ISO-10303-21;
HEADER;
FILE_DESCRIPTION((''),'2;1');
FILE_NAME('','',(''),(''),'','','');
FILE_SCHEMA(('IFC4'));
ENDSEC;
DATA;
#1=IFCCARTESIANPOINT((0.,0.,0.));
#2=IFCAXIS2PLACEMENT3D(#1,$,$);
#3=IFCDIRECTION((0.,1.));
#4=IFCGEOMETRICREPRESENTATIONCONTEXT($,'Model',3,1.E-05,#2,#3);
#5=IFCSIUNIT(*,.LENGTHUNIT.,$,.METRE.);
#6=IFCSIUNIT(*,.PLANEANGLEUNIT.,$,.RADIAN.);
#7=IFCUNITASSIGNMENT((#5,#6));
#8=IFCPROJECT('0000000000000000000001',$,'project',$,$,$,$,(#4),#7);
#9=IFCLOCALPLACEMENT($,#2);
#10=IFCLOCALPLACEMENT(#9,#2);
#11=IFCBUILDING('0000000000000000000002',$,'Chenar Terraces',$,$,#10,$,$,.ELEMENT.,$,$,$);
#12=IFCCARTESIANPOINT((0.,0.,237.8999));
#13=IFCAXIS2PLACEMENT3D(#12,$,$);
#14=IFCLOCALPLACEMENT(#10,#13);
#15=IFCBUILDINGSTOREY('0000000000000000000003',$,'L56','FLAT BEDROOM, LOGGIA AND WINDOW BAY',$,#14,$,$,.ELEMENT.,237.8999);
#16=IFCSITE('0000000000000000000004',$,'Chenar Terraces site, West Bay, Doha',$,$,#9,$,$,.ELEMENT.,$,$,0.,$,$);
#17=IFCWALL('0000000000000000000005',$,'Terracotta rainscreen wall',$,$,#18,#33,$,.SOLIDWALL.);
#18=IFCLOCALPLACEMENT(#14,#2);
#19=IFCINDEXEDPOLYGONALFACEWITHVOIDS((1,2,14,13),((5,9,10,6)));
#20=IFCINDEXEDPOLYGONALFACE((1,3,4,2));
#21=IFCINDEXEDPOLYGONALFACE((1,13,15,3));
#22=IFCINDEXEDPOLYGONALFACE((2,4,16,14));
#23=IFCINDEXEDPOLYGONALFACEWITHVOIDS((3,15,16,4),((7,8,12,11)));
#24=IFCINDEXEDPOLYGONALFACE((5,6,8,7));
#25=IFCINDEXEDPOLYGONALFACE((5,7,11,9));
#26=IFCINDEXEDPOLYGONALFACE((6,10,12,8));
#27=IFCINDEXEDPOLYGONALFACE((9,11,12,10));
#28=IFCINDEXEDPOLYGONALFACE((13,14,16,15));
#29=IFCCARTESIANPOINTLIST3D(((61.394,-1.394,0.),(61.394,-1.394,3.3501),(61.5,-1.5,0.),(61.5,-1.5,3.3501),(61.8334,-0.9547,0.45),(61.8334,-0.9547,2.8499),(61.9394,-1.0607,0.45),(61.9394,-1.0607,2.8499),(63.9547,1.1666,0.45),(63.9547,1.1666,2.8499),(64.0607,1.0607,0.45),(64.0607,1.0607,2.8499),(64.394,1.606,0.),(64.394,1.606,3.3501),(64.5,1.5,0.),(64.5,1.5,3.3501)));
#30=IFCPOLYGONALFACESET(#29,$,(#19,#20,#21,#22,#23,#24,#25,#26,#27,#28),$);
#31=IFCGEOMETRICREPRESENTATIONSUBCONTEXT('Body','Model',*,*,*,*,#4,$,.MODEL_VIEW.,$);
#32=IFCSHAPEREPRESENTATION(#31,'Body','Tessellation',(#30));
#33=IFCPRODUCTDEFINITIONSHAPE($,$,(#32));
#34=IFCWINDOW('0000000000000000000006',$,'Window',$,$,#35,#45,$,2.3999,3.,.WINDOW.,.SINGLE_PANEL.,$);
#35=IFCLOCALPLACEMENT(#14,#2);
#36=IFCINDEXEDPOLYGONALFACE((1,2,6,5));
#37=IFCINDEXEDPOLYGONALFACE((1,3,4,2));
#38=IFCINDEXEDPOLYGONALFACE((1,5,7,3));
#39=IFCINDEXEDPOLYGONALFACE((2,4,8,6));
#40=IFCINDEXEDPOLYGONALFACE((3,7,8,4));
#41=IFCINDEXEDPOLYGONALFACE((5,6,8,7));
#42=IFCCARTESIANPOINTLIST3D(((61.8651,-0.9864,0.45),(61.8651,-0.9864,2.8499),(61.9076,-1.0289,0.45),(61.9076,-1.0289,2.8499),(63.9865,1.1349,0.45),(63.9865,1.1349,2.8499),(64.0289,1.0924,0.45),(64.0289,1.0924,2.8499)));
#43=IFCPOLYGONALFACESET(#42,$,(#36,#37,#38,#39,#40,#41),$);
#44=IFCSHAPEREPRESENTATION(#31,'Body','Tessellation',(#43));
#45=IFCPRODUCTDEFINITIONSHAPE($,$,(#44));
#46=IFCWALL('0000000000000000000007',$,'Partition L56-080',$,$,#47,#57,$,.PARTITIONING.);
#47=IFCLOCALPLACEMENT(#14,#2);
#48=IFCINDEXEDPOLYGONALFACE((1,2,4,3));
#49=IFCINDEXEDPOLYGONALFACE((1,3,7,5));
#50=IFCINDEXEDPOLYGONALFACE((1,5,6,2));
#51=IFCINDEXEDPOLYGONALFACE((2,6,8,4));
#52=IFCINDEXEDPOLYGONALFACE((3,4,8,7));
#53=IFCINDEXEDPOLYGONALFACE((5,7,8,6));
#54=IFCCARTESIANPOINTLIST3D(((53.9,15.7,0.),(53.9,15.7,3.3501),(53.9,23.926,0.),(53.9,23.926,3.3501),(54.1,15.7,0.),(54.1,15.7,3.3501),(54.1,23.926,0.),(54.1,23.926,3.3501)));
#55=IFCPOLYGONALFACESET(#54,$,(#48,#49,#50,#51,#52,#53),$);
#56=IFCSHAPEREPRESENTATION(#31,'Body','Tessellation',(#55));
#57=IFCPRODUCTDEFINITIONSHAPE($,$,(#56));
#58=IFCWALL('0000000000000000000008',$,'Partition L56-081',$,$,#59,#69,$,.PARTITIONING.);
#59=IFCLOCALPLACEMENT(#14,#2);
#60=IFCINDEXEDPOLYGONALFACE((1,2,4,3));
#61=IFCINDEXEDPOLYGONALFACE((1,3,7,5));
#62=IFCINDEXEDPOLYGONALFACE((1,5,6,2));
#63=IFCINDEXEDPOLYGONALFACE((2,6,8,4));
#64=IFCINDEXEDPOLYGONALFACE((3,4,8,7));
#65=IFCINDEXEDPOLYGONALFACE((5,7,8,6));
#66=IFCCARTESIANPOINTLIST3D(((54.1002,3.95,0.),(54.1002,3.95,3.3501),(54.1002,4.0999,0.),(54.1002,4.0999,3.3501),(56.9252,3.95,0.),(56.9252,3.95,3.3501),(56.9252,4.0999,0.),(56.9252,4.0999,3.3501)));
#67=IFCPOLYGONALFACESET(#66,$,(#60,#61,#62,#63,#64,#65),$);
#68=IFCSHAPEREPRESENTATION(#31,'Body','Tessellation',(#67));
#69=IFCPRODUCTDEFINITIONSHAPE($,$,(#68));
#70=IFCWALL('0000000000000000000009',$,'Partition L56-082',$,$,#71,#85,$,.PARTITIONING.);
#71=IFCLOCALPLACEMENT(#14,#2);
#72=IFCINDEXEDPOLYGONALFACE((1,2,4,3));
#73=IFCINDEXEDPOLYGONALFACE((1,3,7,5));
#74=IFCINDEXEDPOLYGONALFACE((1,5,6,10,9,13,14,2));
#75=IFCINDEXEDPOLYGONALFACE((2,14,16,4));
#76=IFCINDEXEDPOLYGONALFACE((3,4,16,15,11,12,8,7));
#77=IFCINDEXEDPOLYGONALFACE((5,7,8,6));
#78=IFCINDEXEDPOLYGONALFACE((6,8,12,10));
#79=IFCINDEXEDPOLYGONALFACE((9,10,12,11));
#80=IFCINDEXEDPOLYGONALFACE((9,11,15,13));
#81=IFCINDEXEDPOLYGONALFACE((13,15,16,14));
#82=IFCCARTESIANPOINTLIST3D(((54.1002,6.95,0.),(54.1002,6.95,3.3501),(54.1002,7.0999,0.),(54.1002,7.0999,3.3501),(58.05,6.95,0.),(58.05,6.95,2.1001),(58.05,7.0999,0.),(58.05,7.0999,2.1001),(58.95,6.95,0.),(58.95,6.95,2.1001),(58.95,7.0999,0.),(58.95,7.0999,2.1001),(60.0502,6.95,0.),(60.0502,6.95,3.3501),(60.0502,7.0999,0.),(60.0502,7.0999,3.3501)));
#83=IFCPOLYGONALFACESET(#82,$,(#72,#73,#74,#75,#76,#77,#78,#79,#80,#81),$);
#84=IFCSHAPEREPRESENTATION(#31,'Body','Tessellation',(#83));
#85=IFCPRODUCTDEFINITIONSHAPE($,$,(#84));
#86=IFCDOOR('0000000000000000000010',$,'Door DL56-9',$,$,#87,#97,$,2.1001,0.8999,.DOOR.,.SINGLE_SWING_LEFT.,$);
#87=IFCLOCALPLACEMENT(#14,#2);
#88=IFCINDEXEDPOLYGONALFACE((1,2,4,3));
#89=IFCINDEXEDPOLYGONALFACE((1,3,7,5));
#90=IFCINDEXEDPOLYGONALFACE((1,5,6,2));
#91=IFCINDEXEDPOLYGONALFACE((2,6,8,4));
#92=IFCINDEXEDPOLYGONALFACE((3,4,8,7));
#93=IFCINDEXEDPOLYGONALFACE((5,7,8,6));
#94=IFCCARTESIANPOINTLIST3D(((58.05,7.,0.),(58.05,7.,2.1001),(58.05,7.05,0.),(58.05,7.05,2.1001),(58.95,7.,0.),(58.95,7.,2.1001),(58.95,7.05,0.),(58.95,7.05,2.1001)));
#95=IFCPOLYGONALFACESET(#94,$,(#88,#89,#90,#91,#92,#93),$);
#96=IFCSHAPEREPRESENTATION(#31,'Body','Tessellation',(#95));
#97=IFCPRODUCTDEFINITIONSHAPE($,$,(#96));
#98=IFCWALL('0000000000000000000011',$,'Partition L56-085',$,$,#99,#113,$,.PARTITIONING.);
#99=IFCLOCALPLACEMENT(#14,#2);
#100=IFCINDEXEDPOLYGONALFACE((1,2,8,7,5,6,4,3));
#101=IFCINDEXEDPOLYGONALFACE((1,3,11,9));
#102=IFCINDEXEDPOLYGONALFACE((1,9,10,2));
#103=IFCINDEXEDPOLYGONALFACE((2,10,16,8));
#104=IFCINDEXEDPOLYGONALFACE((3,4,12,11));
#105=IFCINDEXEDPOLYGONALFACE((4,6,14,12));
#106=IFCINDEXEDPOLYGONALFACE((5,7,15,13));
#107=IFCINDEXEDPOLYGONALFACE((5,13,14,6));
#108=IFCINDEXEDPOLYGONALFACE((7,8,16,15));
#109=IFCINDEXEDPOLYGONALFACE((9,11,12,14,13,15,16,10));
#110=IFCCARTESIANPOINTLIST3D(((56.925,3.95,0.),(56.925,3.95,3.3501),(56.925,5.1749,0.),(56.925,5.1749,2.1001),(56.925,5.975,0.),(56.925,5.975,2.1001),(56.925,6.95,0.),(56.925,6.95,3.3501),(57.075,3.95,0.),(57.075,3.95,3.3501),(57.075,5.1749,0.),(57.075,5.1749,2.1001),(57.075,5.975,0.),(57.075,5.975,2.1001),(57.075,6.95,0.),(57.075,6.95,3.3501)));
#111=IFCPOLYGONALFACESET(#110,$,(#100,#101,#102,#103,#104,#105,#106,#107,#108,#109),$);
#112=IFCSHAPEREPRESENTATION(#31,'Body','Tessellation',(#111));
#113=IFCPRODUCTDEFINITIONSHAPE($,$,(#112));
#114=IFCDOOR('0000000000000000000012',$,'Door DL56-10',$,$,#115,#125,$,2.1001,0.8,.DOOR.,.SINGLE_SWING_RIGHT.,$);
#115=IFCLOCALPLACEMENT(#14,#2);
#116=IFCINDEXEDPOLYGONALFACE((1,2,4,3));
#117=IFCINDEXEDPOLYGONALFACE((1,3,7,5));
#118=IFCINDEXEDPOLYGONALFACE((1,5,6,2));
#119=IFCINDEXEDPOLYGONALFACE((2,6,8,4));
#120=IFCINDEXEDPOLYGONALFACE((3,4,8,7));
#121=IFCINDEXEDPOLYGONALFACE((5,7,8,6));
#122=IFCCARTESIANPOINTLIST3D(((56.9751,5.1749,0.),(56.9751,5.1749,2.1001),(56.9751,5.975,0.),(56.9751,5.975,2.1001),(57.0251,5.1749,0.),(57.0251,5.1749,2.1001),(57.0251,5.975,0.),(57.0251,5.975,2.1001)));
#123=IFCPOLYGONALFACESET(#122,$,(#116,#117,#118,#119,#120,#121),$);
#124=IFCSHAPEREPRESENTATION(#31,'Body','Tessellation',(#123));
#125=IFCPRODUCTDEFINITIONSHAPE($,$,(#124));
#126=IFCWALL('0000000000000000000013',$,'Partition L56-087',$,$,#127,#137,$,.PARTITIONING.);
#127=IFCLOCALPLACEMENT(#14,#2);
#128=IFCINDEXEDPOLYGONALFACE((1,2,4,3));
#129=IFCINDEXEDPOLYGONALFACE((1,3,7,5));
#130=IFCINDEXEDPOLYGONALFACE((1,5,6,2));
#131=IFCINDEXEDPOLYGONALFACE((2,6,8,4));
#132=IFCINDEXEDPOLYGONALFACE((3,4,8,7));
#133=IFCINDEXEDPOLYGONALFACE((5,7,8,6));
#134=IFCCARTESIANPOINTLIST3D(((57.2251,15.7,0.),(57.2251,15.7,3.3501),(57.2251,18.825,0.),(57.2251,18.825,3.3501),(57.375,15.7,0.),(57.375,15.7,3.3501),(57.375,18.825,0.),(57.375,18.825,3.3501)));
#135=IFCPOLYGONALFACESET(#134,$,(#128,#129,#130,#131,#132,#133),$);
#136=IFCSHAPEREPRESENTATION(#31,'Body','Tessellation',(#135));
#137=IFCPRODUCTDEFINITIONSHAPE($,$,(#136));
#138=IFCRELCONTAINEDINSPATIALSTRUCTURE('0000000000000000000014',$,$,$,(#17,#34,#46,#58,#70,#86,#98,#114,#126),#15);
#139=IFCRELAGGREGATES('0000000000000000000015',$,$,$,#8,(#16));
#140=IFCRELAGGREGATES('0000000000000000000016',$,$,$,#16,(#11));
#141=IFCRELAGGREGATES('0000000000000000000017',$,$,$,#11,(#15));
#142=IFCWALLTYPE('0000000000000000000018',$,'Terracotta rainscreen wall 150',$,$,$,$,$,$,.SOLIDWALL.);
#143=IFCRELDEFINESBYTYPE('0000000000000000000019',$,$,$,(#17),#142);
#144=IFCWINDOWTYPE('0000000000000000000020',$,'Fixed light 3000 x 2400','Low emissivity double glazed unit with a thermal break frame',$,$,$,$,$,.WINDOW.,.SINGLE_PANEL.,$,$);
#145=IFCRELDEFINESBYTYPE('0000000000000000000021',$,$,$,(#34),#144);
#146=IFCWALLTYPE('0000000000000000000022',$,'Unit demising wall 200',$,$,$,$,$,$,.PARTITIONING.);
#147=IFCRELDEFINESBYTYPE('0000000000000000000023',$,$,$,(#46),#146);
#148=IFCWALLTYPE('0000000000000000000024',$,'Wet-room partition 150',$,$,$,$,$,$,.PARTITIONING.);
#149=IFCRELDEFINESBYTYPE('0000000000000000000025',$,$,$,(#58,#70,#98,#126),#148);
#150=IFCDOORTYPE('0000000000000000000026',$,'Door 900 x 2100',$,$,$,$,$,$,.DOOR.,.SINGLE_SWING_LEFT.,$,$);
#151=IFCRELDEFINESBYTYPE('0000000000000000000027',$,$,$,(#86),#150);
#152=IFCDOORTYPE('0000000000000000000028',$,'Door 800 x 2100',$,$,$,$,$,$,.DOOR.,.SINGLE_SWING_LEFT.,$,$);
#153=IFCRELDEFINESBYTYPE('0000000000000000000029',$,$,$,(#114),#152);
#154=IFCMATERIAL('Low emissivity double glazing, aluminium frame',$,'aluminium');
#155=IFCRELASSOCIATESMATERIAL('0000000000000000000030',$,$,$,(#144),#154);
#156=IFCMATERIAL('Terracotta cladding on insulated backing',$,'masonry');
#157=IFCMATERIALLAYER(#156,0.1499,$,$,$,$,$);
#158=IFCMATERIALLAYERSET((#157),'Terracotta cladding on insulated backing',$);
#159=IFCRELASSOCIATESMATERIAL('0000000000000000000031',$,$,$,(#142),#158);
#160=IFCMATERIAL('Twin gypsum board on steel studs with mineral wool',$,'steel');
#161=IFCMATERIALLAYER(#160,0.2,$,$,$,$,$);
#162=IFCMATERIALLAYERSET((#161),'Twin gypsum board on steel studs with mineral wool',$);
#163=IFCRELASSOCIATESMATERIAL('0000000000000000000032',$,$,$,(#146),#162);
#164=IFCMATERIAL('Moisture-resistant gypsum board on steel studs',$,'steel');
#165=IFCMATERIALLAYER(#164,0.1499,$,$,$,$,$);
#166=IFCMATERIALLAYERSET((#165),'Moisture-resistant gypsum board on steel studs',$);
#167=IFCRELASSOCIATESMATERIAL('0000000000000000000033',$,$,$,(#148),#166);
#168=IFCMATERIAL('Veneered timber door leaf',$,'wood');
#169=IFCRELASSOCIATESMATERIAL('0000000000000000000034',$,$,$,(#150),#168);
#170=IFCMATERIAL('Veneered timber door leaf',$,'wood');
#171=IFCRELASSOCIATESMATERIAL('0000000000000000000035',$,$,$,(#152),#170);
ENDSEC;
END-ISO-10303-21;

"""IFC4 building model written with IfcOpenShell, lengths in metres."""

from ifc_helpers import new_model, si_unit, direction, frame, frame_2d, origin, place, context, subcontext, project, spatial, rectangle, extrude, material, layer, layer_set, type_object, element, fill, save


model = new_model("IFC4")

# Units and contexts
model_context = context("Model", 3, precision=1e-05, world=origin(), true_north=direction((0.0, 1.0)))
body_context = subcontext(model_context, "Body", "Model", "MODEL_VIEW")
ifc_project = project(units=[si_unit("LENGTHUNIT", "METRE"), si_unit("PLANEANGLEUNIT", "RADIAN")], contexts=[model_context])

# Site, building, storey
site_placement = place(None, origin())
site = spatial("IfcSite", under=ifc_project, at=site_placement, Name="Chenar Terraces site, West Bay, Doha", CompositionType="ELEMENT", RefElevation=0.0)
building_placement = place(site_placement, origin())
building = spatial("IfcBuilding", under=site, at=building_placement, Name="Chenar Terraces", CompositionType="ELEMENT")
storey_placement = place(building_placement, frame((0.0, 0.0, 237.8999)))
storey = spatial("IfcBuildingStorey", under=building, at=storey_placement, Name="L56", Description="FLAT BEDROOM, LOGGIA AND WINDOW BAY", CompositionType="ELEMENT", Elevation=237.8999)

# Shared definitions
ifc_material_1 = material(Name="Low emissivity double glazing, aluminium frame", Category="aluminium")
window_type_1 = type_object("IfcWindowType", Name="Fixed light 3000 x 2400", Description="Low emissivity double glazed unit with a thermal break frame", PartitioningType="SINGLE_PANEL", PredefinedType="WINDOW", material=ifc_material_1)

# Wall, opening, window
ifc_material_2 = material(Name="Terracotta cladding on insulated backing", Category="masonry")
ifc_layer_1 = layer(ifc_material_2, 0.1499)
ifc_layer_set_1 = layer_set([ifc_layer_1], Name="Terracotta cladding on insulated backing")
wall_type_1 = type_object("IfcWallType", Name="Terracotta rainscreen wall 150", PredefinedType="SOLIDWALL", material=ifc_layer_set_1)
wall_1_placement = place(storey_placement, frame((61.447, -1.447, 0.0), z_axis=(0.0, 0.0, 1.0), x_axis=(0.707107, 0.707107, 0.0)))
wall_1 = element("IfcWall", 1, at=wall_1_placement, inside=storey, type_object=wall_type_1, Name="Terracotta rainscreen wall", PredefinedType="SOLIDWALL", context=body_context, shape_type="SweptSolid", body=[
    extrude(rectangle(XDim=4.2427, YDim=0.1499, at=frame_2d((2.1213, 0.0))), origin(), (0.0, 0.0, 1.0), 3.3501),
])
opening_1_placement = place(wall_1_placement, frame((0.6213, 0.0, 0.45)))
opening_1 = element("IfcOpeningElement", 2, at=opening_1_placement, cuts=wall_1, PredefinedType="OPENING", context=body_context, shape_type="SweptSolid", body=[
    extrude(rectangle(XDim=3.0, YDim=2.3999, at=frame_2d((1.5, 1.2))), frame((0.0, 0.085, 0.0), z_axis=(0.0, -1.0, 0.0), x_axis=(1.0, 0.0, 0.0)), (0.0, 0.0, 1.0), 0.1699),
])
window_1_placement = place(opening_1_placement, origin())
window_1 = element("IfcWindow", 3, at=window_1_placement, inside=storey, type_object=window_type_1, Name="Window", OverallHeight=2.3999, OverallWidth=3.0, PartitioningType="SINGLE_PANEL", PredefinedType="WINDOW", context=body_context, shape_type="SweptSolid", body=[
    extrude(rectangle(XDim=3.0, YDim=2.3999, at=frame_2d((1.5, 1.2))), frame((0.0, 0.03, 0.0), z_axis=(0.0, -1.0, 0.0), x_axis=(1.0, 0.0, 0.0)), (0.0, 0.0, 1.0), 0.0601),
])
fill(opening_1, window_1)

# Walls
ifc_material_3 = material(Name="Twin gypsum board on steel studs with mineral wool", Category="steel")
ifc_layer_2 = layer(ifc_material_3, 0.2)
ifc_layer_set_2 = layer_set([ifc_layer_2], Name="Twin gypsum board on steel studs with mineral wool")
wall_type_2 = type_object("IfcWallType", Name="Unit demising wall 200", PredefinedType="PARTITIONING", material=ifc_layer_set_2)
wall_2_placement = place(storey_placement, frame((54.0, 15.7, 0.0), z_axis=(0.0, 0.0, 1.0), x_axis=(0.0, 1.0, 0.0)))
element("IfcWall", 4, at=wall_2_placement, inside=storey, type_object=wall_type_2, Name="Partition L56-080", PredefinedType="PARTITIONING", context=body_context, shape_type="SweptSolid", body=[
    extrude(rectangle(XDim=8.2261, YDim=0.2, at=frame_2d((4.113, 0.0))), origin(), (0.0, 0.0, 1.0), 3.3501),
])
ifc_material_4 = material(Name="Moisture-resistant gypsum board on steel studs", Category="steel")
ifc_layer_3 = layer(ifc_material_4, 0.1499)
ifc_layer_set_3 = layer_set([ifc_layer_3], Name="Moisture-resistant gypsum board on steel studs")
wall_type_3 = type_object("IfcWallType", Name="Wet-room partition 150", PredefinedType="PARTITIONING", material=ifc_layer_set_3)
wall_3_placement = place(storey_placement, frame((54.1001, 4.0249, 0.0), z_axis=(0.0, 0.0, 1.0), x_axis=(1.0, 0.0, 0.0)))
element("IfcWall", 5, at=wall_3_placement, inside=storey, type_object=wall_type_3, Name="Partition L56-081", PredefinedType="PARTITIONING", context=body_context, shape_type="SweptSolid", body=[
    extrude(rectangle(XDim=2.825, YDim=0.1499, at=frame_2d((1.4126, 0.0))), origin(), (0.0, 0.0, 1.0), 3.3501),
])

# Walls, openings, doors
wall_4_placement = place(storey_placement, frame((54.1001, 7.0249, 0.0), z_axis=(0.0, 0.0, 1.0), x_axis=(1.0, 0.0, 0.0)))
wall_4 = element("IfcWall", 6, at=wall_4_placement, inside=storey, type_object=wall_type_3, Name="Partition L56-082", PredefinedType="PARTITIONING", context=body_context, shape_type="SweptSolid", body=[
    extrude(rectangle(XDim=5.95, YDim=0.1499, at=frame_2d((2.9751, 0.0))), origin(), (0.0, 0.0, 1.0), 3.3501),
])
opening_2_placement = place(wall_4_placement, frame((3.95, 0.0, 0.0)))
opening_2 = element("IfcOpeningElement", 7, at=opening_2_placement, cuts=wall_4, PredefinedType="OPENING", context=body_context, shape_type="SweptSolid", body=[
    extrude(rectangle(XDim=0.8999, YDim=2.1001, at=frame_2d((0.45, 1.05))), frame((0.0, 0.085, 0.0), z_axis=(0.0, -1.0, 0.0), x_axis=(1.0, 0.0, 0.0)), (0.0, 0.0, 1.0), 0.1699),
])
ifc_material_5 = material(Name="Veneered timber door leaf", Category="wood")
door_type_1 = type_object("IfcDoorType", Name="Door 900 x 2100", OperationType="SINGLE_SWING_LEFT", PredefinedType="DOOR", material=ifc_material_5)
door_1_placement = place(opening_2_placement, frame((0.8999, 0.0, 0.0), z_axis=(0.0, 0.0, 1.0), x_axis=(-1.0, 0.0, 0.0)))
door_1 = element("IfcDoor", 8, at=door_1_placement, inside=storey, type_object=door_type_1, Name="Door DL56-9", OperationType="SINGLE_SWING_LEFT", OverallHeight=2.1001, OverallWidth=0.8999, PredefinedType="DOOR", context=body_context, shape_type="SweptSolid", body=[
    extrude(rectangle(XDim=0.8999, YDim=2.1001, at=frame_2d((0.45, 1.05))), frame((0.0, 0.0249, 0.0), z_axis=(0.0, -1.0, 0.0), x_axis=(1.0, 0.0, 0.0)), (0.0, 0.0, 1.0), 0.05),
])
fill(opening_2, door_1)
wall_5_placement = place(storey_placement, frame((57.0, 3.95, 0.0), z_axis=(0.0, 0.0, 1.0), x_axis=(0.0, 1.0, 0.0)))
wall_5 = element("IfcWall", 9, at=wall_5_placement, inside=storey, type_object=wall_type_3, Name="Partition L56-085", PredefinedType="PARTITIONING", context=body_context, shape_type="SweptSolid", body=[
    extrude(rectangle(XDim=3.0, YDim=0.1499, at=frame_2d((1.5, 0.0))), origin(), (0.0, 0.0, 1.0), 3.3501),
])
opening_3_placement = place(wall_5_placement, frame((1.2251, 0.0, 0.0)))
opening_3 = element("IfcOpeningElement", 10, at=opening_3_placement, cuts=wall_5, PredefinedType="OPENING", context=body_context, shape_type="SweptSolid", body=[
    extrude(rectangle(XDim=0.8, YDim=2.1001, at=frame_2d((0.3999, 1.05))), frame((0.0, 0.085, 0.0), z_axis=(0.0, -1.0, 0.0), x_axis=(1.0, 0.0, 0.0)), (0.0, 0.0, 1.0), 0.1699),
])
ifc_material_6 = material(Name="Veneered timber door leaf", Category="wood")
door_type_2 = type_object("IfcDoorType", Name="Door 800 x 2100", OperationType="SINGLE_SWING_LEFT", PredefinedType="DOOR", material=ifc_material_6)
door_2_placement = place(opening_3_placement, origin())
door_2 = element("IfcDoor", 11, at=door_2_placement, inside=storey, type_object=door_type_2, Name="Door DL56-10", OperationType="SINGLE_SWING_RIGHT", OverallHeight=2.1001, OverallWidth=0.8, PredefinedType="DOOR", context=body_context, shape_type="SweptSolid", body=[
    extrude(rectangle(XDim=0.8, YDim=2.1001, at=frame_2d((0.3999, 1.05))), frame((0.0, 0.0249, 0.0), z_axis=(0.0, -1.0, 0.0), x_axis=(1.0, 0.0, 0.0)), (0.0, 0.0, 1.0), 0.05),
])
fill(opening_3, door_2)

# Wall
wall_6_placement = place(storey_placement, frame((57.3, 15.7, 0.0), z_axis=(0.0, 0.0, 1.0), x_axis=(0.0, 1.0, 0.0)))
element("IfcWall", 12, at=wall_6_placement, inside=storey, type_object=wall_type_3, Name="Partition L56-087", PredefinedType="PARTITIONING", context=body_context, shape_type="SweptSolid", body=[
    extrude(rectangle(XDim=3.125, YDim=0.1499, at=frame_2d((1.5625, 0.0))), origin(), (0.0, 0.0, 1.0), 3.3501),
])

save(model, "model.ifc")
